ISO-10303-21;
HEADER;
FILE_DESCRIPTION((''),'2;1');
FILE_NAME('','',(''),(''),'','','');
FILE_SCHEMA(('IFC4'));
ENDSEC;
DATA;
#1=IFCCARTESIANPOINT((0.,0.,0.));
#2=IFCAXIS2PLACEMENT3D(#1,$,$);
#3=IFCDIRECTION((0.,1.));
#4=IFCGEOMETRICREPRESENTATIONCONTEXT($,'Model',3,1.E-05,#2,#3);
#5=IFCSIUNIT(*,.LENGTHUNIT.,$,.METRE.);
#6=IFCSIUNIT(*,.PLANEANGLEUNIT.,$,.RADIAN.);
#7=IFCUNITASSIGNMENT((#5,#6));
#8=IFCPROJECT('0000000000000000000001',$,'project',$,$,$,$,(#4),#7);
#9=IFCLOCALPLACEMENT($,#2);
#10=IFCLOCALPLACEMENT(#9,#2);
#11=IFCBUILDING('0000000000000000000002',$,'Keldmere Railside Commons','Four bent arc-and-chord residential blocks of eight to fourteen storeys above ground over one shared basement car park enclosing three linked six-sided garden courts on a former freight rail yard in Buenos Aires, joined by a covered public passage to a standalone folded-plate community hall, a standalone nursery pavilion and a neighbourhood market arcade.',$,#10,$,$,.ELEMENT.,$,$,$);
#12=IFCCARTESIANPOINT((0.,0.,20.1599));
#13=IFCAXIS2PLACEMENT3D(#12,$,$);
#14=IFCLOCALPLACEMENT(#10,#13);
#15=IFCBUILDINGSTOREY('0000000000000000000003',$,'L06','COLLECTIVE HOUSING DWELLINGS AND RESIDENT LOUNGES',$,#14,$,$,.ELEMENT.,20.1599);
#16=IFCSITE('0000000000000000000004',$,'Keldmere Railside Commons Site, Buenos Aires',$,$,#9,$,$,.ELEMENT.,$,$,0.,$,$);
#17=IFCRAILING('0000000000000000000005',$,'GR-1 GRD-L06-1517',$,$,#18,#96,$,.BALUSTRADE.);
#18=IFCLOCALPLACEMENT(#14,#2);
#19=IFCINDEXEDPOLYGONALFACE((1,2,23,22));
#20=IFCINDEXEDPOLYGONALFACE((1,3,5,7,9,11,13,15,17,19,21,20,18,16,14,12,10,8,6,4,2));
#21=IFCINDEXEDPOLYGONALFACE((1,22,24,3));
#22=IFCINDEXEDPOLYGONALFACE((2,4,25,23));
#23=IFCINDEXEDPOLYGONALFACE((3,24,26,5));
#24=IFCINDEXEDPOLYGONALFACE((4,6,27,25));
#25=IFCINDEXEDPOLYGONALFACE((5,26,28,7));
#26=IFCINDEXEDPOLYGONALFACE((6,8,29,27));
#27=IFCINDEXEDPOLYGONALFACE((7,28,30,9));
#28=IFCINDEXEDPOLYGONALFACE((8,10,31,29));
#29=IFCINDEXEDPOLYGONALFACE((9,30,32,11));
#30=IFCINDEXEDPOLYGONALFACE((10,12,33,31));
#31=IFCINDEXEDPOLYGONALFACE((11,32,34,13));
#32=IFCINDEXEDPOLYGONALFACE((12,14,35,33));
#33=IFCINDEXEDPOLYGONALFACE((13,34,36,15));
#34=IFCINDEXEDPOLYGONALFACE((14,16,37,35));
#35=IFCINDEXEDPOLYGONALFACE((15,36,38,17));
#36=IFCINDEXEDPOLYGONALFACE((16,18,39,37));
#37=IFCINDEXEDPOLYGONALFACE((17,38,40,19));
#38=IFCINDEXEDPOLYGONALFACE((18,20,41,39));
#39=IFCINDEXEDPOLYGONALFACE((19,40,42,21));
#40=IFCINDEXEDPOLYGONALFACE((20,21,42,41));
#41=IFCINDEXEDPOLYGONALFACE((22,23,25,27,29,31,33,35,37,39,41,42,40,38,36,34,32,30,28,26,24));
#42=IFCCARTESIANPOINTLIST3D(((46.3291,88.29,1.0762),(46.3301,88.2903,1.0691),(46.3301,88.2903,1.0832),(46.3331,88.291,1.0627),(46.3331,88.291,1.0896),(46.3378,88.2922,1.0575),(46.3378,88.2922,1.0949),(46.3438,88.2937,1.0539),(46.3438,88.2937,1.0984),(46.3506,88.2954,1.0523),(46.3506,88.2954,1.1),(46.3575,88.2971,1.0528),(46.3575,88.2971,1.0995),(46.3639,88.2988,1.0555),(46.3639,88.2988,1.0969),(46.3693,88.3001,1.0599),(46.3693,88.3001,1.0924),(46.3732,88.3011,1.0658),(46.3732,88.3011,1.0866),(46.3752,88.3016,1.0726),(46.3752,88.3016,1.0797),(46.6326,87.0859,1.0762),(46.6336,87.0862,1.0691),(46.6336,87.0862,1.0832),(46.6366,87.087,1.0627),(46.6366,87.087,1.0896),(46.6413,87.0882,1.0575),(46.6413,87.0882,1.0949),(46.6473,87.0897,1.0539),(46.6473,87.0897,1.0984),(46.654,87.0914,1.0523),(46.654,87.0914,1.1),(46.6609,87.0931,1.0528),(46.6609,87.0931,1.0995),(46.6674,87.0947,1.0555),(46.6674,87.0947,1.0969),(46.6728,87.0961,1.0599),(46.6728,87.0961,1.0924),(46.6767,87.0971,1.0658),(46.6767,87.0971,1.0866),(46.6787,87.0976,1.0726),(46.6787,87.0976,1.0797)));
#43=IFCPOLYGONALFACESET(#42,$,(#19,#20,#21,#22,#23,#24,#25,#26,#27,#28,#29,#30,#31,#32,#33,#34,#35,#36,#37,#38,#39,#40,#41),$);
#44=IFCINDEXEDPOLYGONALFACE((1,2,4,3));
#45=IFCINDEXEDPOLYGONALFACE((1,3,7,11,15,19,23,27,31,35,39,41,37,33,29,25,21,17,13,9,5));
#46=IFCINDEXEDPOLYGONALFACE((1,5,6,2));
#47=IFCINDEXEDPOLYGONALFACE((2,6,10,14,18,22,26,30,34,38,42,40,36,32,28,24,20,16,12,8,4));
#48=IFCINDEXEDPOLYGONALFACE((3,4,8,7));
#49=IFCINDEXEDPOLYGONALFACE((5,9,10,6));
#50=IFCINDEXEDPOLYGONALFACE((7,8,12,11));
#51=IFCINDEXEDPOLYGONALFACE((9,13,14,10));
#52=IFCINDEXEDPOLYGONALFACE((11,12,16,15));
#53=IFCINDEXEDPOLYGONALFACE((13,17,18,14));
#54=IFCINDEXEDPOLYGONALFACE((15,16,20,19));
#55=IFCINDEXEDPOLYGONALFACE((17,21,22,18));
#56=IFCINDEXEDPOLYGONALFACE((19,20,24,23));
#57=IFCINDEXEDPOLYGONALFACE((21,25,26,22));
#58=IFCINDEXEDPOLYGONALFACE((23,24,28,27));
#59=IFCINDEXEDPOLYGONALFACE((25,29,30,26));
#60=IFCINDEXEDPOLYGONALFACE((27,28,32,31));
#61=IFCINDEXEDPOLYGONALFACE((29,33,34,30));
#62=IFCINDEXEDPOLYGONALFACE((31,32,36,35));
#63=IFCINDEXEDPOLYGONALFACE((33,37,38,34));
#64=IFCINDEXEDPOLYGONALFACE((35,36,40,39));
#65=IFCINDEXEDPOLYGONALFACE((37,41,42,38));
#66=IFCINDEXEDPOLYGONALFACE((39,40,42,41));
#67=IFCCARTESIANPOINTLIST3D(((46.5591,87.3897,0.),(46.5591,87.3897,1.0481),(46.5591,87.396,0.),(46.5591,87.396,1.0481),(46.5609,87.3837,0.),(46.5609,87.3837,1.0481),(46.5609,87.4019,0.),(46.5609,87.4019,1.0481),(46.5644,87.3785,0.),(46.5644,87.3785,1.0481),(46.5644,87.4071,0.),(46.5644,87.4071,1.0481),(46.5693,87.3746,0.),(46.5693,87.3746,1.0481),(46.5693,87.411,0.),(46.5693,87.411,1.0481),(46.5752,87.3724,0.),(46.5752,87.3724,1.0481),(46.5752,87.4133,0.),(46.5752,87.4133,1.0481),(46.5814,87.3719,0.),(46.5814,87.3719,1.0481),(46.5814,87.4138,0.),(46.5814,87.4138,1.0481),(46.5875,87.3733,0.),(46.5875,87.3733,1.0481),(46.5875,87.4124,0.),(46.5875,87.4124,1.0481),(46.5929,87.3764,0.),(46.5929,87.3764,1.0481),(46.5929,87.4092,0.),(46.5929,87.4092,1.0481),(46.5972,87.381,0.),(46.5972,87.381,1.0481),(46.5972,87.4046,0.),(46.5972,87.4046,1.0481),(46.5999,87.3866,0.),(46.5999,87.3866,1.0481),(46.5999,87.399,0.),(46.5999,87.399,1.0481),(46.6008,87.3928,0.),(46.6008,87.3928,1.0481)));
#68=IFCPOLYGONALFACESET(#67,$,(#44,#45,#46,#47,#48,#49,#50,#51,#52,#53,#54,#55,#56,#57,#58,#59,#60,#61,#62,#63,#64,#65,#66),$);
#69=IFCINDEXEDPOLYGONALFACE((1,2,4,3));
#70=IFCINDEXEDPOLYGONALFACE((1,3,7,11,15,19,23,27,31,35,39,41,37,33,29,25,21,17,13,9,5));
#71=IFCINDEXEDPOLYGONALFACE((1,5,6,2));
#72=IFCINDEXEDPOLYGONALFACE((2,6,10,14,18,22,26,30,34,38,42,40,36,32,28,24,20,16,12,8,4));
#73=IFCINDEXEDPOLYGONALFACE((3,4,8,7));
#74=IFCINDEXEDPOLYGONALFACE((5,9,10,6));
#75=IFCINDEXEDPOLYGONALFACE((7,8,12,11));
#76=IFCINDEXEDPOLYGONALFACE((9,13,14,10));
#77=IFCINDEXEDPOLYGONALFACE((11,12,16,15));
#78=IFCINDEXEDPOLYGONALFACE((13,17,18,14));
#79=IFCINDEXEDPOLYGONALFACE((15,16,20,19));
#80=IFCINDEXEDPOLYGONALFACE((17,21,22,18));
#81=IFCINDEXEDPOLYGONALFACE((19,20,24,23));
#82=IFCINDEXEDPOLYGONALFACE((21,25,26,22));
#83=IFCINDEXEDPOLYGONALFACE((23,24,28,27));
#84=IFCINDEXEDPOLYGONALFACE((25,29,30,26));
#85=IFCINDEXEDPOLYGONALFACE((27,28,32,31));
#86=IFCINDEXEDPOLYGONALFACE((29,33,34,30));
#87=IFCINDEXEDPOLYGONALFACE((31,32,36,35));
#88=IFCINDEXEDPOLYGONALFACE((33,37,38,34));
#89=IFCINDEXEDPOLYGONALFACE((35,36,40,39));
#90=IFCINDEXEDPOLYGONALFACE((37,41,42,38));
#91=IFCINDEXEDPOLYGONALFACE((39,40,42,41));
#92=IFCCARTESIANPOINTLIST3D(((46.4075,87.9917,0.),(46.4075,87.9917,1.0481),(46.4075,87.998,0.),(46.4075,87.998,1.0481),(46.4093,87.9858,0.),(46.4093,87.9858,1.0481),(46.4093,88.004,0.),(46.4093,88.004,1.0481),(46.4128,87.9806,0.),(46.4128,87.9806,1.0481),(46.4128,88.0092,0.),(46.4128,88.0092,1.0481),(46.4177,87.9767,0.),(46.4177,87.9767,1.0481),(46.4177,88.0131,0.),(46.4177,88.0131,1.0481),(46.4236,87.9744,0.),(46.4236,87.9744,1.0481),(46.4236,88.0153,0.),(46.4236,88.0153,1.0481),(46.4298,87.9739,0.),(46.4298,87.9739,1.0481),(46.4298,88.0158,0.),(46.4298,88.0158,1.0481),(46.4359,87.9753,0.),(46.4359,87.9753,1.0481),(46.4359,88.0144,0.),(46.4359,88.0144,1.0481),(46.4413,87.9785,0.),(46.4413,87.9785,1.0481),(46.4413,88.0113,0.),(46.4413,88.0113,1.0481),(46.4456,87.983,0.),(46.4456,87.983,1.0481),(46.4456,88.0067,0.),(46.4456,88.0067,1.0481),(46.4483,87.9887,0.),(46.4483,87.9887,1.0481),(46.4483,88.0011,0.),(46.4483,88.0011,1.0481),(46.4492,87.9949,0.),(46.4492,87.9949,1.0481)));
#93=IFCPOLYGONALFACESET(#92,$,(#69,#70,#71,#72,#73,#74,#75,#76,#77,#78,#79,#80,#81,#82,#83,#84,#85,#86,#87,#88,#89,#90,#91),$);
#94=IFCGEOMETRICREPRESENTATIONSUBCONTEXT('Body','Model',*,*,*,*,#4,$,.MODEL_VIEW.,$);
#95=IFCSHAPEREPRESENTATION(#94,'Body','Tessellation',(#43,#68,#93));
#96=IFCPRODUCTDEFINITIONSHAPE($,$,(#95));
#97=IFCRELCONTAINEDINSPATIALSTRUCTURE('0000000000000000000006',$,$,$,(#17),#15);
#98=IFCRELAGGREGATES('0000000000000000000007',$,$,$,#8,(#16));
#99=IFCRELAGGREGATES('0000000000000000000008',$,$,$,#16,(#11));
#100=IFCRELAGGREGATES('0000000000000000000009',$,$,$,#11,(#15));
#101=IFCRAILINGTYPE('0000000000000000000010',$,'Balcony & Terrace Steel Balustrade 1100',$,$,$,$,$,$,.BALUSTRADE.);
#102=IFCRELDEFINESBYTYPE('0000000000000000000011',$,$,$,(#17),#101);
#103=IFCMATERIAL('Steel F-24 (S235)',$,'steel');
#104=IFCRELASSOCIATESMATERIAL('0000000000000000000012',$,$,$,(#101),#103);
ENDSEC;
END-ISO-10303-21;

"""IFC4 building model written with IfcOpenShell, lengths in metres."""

from ifc_helpers import new_model, si_unit, direction, frame, origin, origin_2d, place, context, subcontext, project, spatial, circle, extrude, material, type_object, element, save


model = new_model("IFC4")

# Units and contexts
model_context = context("Model", 3, precision=1e-05, world=origin(), true_north=direction((0.0, 1.0)))
body_context = subcontext(model_context, "Body", "Model", "MODEL_VIEW")
ifc_project = project(units=[si_unit("LENGTHUNIT", "METRE"), si_unit("PLANEANGLEUNIT", "RADIAN")], contexts=[model_context])

# Site, building, storey
site_placement = place(None, origin())
site = spatial("IfcSite", under=ifc_project, at=site_placement, Name="Keldmere Railside Commons Site, Buenos Aires", CompositionType="ELEMENT", RefElevation=0.0)
building_placement = place(site_placement, origin())
building = spatial("IfcBuilding", under=site, at=building_placement, Name="Keldmere Railside Commons", Description="Four bent arc-and-chord residential blocks of eight to fourteen storeys above ground over one shared basement car park enclosing three linked six-sided garden courts on a former freight rail yard in Buenos Aires, joined by a covered public passage to a standalone folded-plate community hall, a standalone nursery pavilion and a neighbourhood market arcade.", CompositionType="ELEMENT")
storey_placement = place(building_placement, frame((0.0, 0.0, 20.1599)))
storey = spatial("IfcBuildingStorey", under=building, at=storey_placement, Name="L06", Description="COLLECTIVE HOUSING DWELLINGS AND RESIDENT LOUNGES", CompositionType="ELEMENT", Elevation=20.1599)

# Shared definitions
ifc_material_1 = material(Name="Steel F-24 (S235)", Category="steel")

# Railing
railing_type = type_object("IfcRailingType", Name="Balcony & Terrace Steel Balustrade 1100", PredefinedType="BALUSTRADE", material=ifc_material_1)
railing_1_placement = place(storey_placement, frame((46.6558, 87.0918, 0.0)))
element("IfcRailing", 1, at=railing_1_placement, inside=storey, type_object=railing_type, Name="GR-1 GRD-L06-1517", PredefinedType="BALUSTRADE", context=body_context, shape_type="SweptSolid", body=[
    extrude(circle(Radius=0.0239, at=origin_2d()), frame((0.0, 0.0, 1.0762), z_axis=(-0.244386, 0.969678, 0.0), x_axis=(-0.969678, -0.244386, 0.0)), (0.0, 0.0, 1.0), 1.2417),
    extrude(circle(Radius=0.021, at=origin_2d()), frame((-0.0759, 0.301, 0.0)), (0.0, 0.0, 1.0), 1.0481),
    extrude(circle(Radius=0.021, at=origin_2d()), frame((-0.2275, 0.9031, 0.0)), (0.0, 0.0, 1.0), 1.0481),
])

save(model, "model.ifc")
